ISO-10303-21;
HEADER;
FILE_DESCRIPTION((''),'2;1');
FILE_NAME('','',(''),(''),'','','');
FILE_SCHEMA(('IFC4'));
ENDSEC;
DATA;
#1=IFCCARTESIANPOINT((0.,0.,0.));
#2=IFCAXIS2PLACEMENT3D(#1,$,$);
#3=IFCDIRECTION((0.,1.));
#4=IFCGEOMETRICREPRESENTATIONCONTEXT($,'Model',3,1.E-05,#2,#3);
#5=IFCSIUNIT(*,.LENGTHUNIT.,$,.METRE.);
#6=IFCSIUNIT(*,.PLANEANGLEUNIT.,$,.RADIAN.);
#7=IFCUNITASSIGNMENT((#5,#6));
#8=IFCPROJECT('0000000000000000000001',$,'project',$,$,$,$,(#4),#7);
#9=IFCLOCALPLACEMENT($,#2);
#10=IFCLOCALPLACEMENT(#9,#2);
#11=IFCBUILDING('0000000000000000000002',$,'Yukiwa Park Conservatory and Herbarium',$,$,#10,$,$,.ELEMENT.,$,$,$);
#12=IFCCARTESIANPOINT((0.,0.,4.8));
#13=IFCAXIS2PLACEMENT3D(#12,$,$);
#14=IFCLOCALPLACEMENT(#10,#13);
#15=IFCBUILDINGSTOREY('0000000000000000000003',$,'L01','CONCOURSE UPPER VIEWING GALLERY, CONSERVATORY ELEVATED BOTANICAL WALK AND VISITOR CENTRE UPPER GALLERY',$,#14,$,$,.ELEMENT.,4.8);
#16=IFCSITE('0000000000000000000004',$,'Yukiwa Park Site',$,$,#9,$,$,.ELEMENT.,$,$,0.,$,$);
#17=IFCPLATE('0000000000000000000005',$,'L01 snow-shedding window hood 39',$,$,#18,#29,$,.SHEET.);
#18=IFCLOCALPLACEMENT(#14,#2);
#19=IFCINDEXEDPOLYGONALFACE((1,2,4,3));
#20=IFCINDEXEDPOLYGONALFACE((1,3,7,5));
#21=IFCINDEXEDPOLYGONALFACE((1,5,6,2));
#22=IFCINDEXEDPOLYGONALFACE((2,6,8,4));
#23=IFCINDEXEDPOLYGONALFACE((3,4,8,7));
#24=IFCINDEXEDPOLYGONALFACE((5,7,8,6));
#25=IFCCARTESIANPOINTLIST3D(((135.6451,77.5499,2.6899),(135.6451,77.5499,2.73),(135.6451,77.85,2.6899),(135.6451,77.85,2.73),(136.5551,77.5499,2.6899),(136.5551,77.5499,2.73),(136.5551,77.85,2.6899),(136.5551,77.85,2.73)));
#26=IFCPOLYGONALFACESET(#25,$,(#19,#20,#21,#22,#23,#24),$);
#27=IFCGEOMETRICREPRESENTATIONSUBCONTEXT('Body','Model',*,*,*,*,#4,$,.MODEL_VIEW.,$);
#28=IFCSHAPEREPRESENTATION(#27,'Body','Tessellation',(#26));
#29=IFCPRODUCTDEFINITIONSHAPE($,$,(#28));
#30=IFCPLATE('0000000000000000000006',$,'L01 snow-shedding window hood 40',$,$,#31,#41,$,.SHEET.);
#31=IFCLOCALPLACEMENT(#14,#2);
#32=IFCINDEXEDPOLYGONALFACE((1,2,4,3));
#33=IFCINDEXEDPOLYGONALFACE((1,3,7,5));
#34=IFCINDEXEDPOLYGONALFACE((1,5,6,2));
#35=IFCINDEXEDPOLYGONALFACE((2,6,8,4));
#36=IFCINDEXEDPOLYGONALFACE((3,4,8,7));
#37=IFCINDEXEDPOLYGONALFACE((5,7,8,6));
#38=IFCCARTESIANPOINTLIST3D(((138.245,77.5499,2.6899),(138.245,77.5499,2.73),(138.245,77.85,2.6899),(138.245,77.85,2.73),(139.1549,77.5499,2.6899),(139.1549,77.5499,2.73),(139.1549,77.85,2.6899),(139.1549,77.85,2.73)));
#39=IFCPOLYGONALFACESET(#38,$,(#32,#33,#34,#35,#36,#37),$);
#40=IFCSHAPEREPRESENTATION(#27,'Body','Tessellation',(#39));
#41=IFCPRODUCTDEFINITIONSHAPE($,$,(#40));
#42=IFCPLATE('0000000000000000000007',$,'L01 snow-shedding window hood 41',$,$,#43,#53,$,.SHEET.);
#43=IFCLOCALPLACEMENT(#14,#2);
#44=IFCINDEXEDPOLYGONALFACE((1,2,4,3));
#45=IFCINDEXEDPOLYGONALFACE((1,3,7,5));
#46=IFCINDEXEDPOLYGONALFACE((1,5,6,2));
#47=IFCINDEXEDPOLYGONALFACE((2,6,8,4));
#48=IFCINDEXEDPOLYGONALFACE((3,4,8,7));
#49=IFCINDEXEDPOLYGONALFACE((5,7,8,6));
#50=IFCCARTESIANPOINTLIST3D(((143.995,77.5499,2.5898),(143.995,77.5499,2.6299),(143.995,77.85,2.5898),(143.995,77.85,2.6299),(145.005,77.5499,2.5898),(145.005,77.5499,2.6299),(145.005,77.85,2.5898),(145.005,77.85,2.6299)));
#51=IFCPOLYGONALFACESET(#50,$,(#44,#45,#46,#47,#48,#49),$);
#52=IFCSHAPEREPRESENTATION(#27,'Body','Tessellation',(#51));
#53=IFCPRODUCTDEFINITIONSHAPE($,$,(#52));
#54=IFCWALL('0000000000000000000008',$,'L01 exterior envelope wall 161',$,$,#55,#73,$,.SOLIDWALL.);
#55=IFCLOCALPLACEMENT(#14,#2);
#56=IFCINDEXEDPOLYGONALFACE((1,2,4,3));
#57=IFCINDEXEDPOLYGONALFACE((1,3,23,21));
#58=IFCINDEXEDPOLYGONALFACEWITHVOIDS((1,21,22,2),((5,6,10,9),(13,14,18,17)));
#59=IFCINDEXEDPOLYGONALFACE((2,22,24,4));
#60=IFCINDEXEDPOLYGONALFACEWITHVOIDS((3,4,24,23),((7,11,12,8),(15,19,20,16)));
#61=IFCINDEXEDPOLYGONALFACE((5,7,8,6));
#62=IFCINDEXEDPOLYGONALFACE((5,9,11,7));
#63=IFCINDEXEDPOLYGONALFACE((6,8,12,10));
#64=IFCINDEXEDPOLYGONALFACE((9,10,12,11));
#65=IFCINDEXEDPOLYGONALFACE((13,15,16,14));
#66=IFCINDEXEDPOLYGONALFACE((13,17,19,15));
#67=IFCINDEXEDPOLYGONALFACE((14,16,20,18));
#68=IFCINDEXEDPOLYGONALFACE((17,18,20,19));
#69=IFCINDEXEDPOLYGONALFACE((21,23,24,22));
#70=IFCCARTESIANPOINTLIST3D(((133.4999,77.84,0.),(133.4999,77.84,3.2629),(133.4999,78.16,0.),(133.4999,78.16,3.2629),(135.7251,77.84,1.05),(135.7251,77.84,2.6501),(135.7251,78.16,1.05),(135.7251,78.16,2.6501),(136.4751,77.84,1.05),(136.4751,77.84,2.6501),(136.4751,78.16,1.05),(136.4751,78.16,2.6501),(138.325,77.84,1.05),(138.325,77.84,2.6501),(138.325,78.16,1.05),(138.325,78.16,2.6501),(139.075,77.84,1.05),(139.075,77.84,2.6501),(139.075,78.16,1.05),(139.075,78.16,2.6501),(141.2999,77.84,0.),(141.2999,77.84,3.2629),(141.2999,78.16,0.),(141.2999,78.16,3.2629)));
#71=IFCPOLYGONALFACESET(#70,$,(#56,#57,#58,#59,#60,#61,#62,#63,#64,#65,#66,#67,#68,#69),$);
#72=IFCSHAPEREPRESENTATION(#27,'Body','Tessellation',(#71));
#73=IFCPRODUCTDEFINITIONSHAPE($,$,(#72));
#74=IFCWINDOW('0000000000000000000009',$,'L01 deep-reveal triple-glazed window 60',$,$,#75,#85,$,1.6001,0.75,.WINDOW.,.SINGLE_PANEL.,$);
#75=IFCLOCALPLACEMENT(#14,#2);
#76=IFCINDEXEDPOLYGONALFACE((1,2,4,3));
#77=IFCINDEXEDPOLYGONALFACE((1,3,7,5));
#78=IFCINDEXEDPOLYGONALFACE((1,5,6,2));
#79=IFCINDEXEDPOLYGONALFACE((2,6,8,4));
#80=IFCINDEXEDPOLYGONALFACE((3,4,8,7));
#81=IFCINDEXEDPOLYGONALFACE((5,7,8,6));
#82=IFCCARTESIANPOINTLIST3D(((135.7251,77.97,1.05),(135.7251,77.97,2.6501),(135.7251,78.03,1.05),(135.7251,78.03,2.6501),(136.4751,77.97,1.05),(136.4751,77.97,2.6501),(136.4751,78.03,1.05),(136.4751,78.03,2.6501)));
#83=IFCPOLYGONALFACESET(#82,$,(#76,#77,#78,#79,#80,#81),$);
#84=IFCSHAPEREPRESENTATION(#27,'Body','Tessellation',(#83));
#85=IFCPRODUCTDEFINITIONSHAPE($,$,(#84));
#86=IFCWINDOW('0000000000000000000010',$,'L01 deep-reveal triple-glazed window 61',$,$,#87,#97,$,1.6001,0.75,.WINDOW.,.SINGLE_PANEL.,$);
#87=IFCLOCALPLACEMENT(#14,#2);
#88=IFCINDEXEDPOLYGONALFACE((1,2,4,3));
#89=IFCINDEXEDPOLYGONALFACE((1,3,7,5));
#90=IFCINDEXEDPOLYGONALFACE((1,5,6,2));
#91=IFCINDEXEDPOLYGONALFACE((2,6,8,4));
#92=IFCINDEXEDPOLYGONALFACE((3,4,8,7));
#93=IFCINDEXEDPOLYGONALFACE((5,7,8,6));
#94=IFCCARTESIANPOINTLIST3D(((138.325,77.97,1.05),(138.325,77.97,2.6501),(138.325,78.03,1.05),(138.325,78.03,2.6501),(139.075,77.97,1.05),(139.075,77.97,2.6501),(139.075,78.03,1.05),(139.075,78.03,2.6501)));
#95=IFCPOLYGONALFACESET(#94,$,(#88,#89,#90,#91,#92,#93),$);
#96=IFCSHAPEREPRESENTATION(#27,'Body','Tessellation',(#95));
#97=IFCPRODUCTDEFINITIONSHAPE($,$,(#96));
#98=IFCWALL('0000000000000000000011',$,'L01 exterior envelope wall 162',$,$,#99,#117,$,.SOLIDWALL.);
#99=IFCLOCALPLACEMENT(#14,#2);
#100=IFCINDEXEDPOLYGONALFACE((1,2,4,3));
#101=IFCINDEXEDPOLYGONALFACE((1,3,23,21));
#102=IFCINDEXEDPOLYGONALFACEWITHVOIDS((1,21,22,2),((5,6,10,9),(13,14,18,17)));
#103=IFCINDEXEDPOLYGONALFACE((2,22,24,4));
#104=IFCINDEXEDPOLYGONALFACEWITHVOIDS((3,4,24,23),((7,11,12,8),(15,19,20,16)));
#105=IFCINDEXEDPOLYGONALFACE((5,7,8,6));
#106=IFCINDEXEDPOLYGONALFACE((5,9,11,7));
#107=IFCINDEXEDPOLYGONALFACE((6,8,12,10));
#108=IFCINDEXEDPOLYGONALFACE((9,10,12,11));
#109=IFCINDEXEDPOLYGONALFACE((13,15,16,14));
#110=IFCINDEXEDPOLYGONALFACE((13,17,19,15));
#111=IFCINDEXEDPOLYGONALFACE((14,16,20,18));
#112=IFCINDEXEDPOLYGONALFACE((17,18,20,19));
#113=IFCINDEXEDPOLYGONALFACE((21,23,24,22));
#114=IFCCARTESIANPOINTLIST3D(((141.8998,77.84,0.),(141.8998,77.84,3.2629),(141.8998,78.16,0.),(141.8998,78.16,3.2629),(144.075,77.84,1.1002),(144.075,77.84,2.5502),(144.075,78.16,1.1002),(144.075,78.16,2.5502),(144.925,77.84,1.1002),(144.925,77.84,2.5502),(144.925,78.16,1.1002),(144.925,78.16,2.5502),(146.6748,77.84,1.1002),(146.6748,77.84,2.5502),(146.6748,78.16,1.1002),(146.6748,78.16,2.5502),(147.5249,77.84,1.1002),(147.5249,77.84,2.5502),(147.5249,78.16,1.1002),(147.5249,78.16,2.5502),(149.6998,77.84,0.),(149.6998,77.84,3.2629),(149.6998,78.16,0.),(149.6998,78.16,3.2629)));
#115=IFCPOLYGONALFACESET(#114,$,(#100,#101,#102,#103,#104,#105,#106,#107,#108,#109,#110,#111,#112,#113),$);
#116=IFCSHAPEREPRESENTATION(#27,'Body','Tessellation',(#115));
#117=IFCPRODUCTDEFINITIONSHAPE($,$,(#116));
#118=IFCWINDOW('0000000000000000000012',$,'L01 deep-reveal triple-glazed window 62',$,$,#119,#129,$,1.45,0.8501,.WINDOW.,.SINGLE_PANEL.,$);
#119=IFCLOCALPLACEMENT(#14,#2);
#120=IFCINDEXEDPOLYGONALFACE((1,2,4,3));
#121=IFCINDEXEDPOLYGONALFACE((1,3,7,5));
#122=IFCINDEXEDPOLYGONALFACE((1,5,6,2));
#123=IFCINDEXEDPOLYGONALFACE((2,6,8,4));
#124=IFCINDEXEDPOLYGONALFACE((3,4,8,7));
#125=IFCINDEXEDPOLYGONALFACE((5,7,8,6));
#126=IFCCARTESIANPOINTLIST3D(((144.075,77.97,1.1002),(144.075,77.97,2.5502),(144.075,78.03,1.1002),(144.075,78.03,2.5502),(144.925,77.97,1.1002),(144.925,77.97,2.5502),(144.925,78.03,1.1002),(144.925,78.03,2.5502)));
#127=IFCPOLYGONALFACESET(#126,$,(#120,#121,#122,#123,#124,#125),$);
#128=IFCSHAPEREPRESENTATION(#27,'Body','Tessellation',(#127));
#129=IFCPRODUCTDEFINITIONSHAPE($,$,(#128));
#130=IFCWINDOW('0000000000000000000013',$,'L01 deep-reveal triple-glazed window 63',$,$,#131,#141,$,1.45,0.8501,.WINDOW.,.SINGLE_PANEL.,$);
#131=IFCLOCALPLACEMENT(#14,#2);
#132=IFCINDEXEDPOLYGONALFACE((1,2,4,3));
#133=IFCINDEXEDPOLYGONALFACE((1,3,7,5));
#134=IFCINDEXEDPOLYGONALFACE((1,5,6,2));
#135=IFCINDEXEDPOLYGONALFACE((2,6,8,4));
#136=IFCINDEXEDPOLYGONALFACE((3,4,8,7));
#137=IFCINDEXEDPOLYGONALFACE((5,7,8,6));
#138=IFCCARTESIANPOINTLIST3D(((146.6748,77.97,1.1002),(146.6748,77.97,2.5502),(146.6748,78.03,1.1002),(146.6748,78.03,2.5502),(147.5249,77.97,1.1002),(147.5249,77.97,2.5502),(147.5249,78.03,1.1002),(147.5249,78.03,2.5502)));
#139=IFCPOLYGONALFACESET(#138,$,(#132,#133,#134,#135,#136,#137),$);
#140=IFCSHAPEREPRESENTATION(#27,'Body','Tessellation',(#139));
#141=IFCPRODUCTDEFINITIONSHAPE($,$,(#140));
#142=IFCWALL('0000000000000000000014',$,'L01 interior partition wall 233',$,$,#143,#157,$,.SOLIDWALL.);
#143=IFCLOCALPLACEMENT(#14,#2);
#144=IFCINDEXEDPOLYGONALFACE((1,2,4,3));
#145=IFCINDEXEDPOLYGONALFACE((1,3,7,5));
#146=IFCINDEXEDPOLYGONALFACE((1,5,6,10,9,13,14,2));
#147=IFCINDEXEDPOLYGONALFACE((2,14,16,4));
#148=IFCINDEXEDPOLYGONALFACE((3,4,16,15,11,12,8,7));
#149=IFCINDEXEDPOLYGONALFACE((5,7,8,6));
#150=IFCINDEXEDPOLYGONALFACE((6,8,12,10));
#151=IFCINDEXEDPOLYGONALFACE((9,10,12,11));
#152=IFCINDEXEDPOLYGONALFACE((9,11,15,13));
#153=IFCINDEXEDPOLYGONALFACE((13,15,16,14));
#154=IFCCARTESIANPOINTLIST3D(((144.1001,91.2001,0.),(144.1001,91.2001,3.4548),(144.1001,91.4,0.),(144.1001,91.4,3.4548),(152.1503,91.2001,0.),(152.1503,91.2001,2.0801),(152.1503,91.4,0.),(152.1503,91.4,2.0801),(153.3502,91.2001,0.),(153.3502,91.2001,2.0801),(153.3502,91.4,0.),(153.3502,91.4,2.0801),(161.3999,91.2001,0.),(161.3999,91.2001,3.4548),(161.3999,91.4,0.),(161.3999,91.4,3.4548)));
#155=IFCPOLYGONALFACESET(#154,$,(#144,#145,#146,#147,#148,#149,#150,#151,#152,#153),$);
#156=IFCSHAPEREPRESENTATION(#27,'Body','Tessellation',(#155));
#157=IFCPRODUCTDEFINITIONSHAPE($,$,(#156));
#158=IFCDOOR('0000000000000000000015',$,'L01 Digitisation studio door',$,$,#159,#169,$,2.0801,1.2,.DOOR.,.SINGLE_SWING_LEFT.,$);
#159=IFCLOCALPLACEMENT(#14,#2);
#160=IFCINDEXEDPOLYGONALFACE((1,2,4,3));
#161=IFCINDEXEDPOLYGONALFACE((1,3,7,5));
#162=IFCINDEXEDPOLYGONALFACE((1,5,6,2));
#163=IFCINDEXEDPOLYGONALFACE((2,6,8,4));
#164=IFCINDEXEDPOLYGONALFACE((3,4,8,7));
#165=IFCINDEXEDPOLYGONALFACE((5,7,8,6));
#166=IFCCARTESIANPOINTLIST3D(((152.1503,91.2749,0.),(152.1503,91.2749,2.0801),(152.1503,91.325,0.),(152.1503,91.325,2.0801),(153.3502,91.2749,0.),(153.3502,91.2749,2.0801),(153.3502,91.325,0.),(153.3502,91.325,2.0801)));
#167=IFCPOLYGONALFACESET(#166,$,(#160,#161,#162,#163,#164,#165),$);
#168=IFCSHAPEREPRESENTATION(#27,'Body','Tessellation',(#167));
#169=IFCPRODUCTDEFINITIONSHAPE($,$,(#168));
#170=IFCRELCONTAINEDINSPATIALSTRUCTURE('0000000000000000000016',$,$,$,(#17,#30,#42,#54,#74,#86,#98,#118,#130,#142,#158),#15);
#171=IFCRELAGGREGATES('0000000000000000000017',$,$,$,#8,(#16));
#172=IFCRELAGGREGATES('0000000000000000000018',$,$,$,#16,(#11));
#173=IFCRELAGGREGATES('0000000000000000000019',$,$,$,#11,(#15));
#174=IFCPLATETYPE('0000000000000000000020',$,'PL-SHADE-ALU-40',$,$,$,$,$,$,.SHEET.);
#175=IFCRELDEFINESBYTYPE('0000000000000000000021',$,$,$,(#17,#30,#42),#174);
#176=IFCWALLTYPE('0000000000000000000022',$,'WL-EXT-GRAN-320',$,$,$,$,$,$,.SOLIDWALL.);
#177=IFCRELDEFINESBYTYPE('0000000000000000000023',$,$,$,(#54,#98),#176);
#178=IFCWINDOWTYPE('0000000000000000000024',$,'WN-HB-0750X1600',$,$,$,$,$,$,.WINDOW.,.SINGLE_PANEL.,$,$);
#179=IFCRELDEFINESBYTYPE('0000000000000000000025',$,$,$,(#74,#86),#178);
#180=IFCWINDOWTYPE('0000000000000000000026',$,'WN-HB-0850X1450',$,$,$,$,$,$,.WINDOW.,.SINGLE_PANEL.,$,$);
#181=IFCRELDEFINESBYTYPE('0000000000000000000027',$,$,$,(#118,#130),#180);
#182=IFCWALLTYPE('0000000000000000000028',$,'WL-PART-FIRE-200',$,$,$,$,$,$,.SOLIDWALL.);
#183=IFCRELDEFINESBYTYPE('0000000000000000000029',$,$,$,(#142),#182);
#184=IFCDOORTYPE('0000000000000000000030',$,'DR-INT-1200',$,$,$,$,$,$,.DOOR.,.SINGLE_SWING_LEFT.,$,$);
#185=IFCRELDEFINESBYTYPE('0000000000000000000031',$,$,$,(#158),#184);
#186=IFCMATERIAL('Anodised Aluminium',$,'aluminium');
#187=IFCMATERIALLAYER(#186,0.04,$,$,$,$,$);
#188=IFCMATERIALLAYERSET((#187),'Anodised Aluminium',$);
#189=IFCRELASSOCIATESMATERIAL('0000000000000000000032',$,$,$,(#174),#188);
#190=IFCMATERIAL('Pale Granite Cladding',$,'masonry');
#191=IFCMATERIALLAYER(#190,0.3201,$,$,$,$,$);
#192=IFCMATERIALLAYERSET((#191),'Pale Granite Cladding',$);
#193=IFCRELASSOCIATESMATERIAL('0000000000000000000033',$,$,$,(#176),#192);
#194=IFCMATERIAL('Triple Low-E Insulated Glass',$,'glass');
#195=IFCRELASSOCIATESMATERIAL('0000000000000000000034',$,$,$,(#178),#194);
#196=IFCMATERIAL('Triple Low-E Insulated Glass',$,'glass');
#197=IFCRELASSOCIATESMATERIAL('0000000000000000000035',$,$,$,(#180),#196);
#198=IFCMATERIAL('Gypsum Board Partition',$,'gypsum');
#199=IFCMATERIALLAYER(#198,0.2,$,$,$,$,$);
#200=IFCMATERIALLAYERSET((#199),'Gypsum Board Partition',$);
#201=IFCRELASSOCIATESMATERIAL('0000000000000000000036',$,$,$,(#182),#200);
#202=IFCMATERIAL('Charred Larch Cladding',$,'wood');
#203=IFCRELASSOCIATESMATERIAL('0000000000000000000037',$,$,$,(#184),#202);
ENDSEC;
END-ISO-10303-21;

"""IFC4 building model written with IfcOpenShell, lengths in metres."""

from ifc_helpers import new_model, si_unit, direction, frame, frame_2d, origin, origin_2d, place, context, subcontext, project, spatial, rectangle, extrude, material, layer, layer_set, type_object, element, fill, save


model = new_model("IFC4")

# Units and contexts
model_context = context("Model", 3, precision=1e-05, world=origin(), true_north=direction((0.0, 1.0)))
body_context = subcontext(model_context, "Body", "Model", "MODEL_VIEW")
ifc_project = project(units=[si_unit("LENGTHUNIT", "METRE"), si_unit("PLANEANGLEUNIT", "RADIAN")], contexts=[model_context])

# Site, building, storey
site_placement = place(None, origin())
site = spatial("IfcSite", under=ifc_project, at=site_placement, Name="Yukiwa Park Site", CompositionType="ELEMENT", RefElevation=0.0)
building_placement = place(site_placement, origin())
building = spatial("IfcBuilding", under=site, at=building_placement, Name="Yukiwa Park Conservatory and Herbarium", CompositionType="ELEMENT")
storey_placement = place(building_placement, frame((0.0, 0.0, 4.8)))
storey = spatial("IfcBuildingStorey", under=building, at=storey_placement, Name="L01", Description="CONCOURSE UPPER VIEWING GALLERY, CONSERVATORY ELEVATED BOTANICAL WALK AND VISITOR CENTRE UPPER GALLERY", CompositionType="ELEMENT", Elevation=4.8)

# Plates
ifc_material_1 = material(Name="Anodised Aluminium", Category="aluminium")
ifc_layer_1 = layer(ifc_material_1, 0.04)
ifc_layer_set_1 = layer_set([ifc_layer_1], Name="Anodised Aluminium")
plate_type = type_object("IfcPlateType", Name="PL-SHADE-ALU-40", PredefinedType="SHEET", material=ifc_layer_set_1)
for number, where, z_axis, x_axis, name in (
    (1, (136.1001, 77.7, 2.6899), (0.0, 0.0, 1.0), (1.0, 0.0, 0.0), "L01 snow-shedding window hood 39"),
    (2, (138.7, 77.7, 2.6899), (0.0, 0.0, 1.0), (1.0, 0.0, 0.0), "L01 snow-shedding window hood 40"),
):
    element("IfcPlate", number, at=place(storey_placement, frame(where, z_axis=z_axis, x_axis=x_axis)), inside=storey, type_object=plate_type, Name=name, PredefinedType="SHEET", context=body_context, shape_type="SweptSolid", body=[
        extrude(rectangle(XDim=0.9099, YDim=0.3, at=origin_2d()), origin(), (0.0, 0.0, 1.0), 0.04),
    ])
plate_placement = place(storey_placement, frame((144.5, 77.7, 2.5898), z_axis=(0.0, 0.0, 1.0), x_axis=(1.0, 0.0, 0.0)))
element("IfcPlate", 3, at=plate_placement, inside=storey, type_object=plate_type, Name="L01 snow-shedding window hood 41", PredefinedType="SHEET", context=body_context, shape_type="SweptSolid", body=[
    extrude(rectangle(XDim=1.01, YDim=0.3, at=origin_2d()), origin(), (0.0, 0.0, 1.0), 0.04),
])

# Walls, openings, windows
ifc_material_2 = material(Name="Pale Granite Cladding", Category="masonry")
ifc_layer_2 = layer(ifc_material_2, 0.3201)
ifc_layer_set_2 = layer_set([ifc_layer_2], Name="Pale Granite Cladding")
wall_type_1 = type_object("IfcWallType", Name="WL-EXT-GRAN-320", PredefinedType="SOLIDWALL", material=ifc_layer_set_2)
wall_1_placement = place(storey_placement, frame((133.5, 78.0, 0.0), z_axis=(0.0, 0.0, 1.0), x_axis=(1.0, 0.0, 0.0)))
wall_1 = element("IfcWall", 4, at=wall_1_placement, inside=storey, type_object=wall_type_1, Name="L01 exterior envelope wall 161", PredefinedType="SOLIDWALL", context=body_context, shape_type="SweptSolid", body=[
    extrude(rectangle(XDim=7.8, YDim=0.3201, at=frame_2d((3.8999, 0.0))), origin(), (0.0, 0.0, 1.0), 3.2629),
])
opening_1_placement = place(wall_1_placement, frame((2.2251, 0.0, 1.05)))
opening_1 = element("IfcOpeningElement", 5, at=opening_1_placement, cuts=wall_1, PredefinedType="OPENING", context=body_context, shape_type="SweptSolid", body=[
    extrude(rectangle(XDim=0.75, YDim=1.6001, at=frame_2d((0.375, 0.8))), frame((0.0, 0.1699, 0.0), z_axis=(0.0, -1.0, 0.0), x_axis=(1.0, 0.0, 0.0)), (0.0, 0.0, 1.0), 0.3401),
])
opening_2_placement = place(wall_1_placement, frame((4.825, 0.0, 1.05)))
opening_2 = element("IfcOpeningElement", 6, at=opening_2_placement, cuts=wall_1, PredefinedType="OPENING", context=body_context, shape_type="SweptSolid", body=[
    extrude(rectangle(XDim=0.75, YDim=1.6001, at=frame_2d((0.375, 0.8))), frame((0.0, 0.1699, 0.0), z_axis=(0.0, -1.0, 0.0), x_axis=(1.0, 0.0, 0.0)), (0.0, 0.0, 1.0), 0.3401),
])
ifc_material_3 = material(Name="Triple Low-E Insulated Glass", Category="glass")
window_type_1 = type_object("IfcWindowType", Name="WN-HB-0750X1600", PartitioningType="SINGLE_PANEL", PredefinedType="WINDOW", material=ifc_material_3)
window_1_placement = place(opening_1_placement, origin())
window_1 = element("IfcWindow", 7, at=window_1_placement, inside=storey, type_object=window_type_1, Name="L01 deep-reveal triple-glazed window 60", OverallHeight=1.6001, OverallWidth=0.75, PartitioningType="SINGLE_PANEL", PredefinedType="WINDOW", context=body_context, shape_type="SweptSolid", body=[
    extrude(rectangle(XDim=0.75, YDim=1.6001, at=frame_2d((0.375, 0.8))), frame((0.0, 0.03, 0.0), z_axis=(0.0, -1.0, 0.0), x_axis=(1.0, 0.0, 0.0)), (0.0, 0.0, 1.0), 0.0601),
])
fill(opening_1, window_1)
window_2_placement = place(opening_2_placement, origin())
window_2 = element("IfcWindow", 8, at=window_2_placement, inside=storey, type_object=window_type_1, Name="L01 deep-reveal triple-glazed window 61", OverallHeight=1.6001, OverallWidth=0.75, PartitioningType="SINGLE_PANEL", PredefinedType="WINDOW", context=body_context, shape_type="SweptSolid", body=[
    extrude(rectangle(XDim=0.75, YDim=1.6001, at=frame_2d((0.375, 0.8))), frame((0.0, 0.03, 0.0), z_axis=(0.0, -1.0, 0.0), x_axis=(1.0, 0.0, 0.0)), (0.0, 0.0, 1.0), 0.0601),
])
fill(opening_2, window_2)
wall_2_placement = place(storey_placement, frame((141.8999, 78.0, 0.0), z_axis=(0.0, 0.0, 1.0), x_axis=(1.0, 0.0, 0.0)))
wall_2 = element("IfcWall", 9, at=wall_2_placement, inside=storey, type_object=wall_type_1, Name="L01 exterior envelope wall 162", PredefinedType="SOLIDWALL", context=body_context, shape_type="SweptSolid", body=[
    extrude(rectangle(XDim=7.8, YDim=0.3201, at=frame_2d((3.8999, 0.0))), origin(), (0.0, 0.0, 1.0), 3.2629),
])
opening_3_placement = place(wall_2_placement, frame((2.175, 0.0, 1.1001)))
opening_3 = element("IfcOpeningElement", 10, at=opening_3_placement, cuts=wall_2, PredefinedType="OPENING", context=body_context, shape_type="SweptSolid", body=[
    extrude(rectangle(XDim=0.8501, YDim=1.45, at=frame_2d((0.425, 0.7251))), frame((0.0, 0.1699, 0.0), z_axis=(0.0, -1.0, 0.0), x_axis=(1.0, 0.0, 0.0)), (0.0, 0.0, 1.0), 0.3401),
])
opening_4_placement = place(wall_2_placement, frame((4.7749, 0.0, 1.1001)))
opening_4 = element("IfcOpeningElement", 11, at=opening_4_placement, cuts=wall_2, PredefinedType="OPENING", context=body_context, shape_type="SweptSolid", body=[
    extrude(rectangle(XDim=0.8501, YDim=1.45, at=frame_2d((0.425, 0.7251))), frame((0.0, 0.1699, 0.0), z_axis=(0.0, -1.0, 0.0), x_axis=(1.0, 0.0, 0.0)), (0.0, 0.0, 1.0), 0.3401),
])
ifc_material_4 = material(Name="Triple Low-E Insulated Glass", Category="glass")
window_type_2 = type_object("IfcWindowType", Name="WN-HB-0850X1450", PartitioningType="SINGLE_PANEL", PredefinedType="WINDOW", material=ifc_material_4)
window_3_placement = place(opening_3_placement, origin())
window_3 = element("IfcWindow", 12, at=window_3_placement, inside=storey, type_object=window_type_2, Name="L01 deep-reveal triple-glazed window 62", OverallHeight=1.45, OverallWidth=0.8501, PartitioningType="SINGLE_PANEL", PredefinedType="WINDOW", context=body_context, shape_type="SweptSolid", body=[
    extrude(rectangle(XDim=0.8501, YDim=1.45, at=frame_2d((0.425, 0.7251))), frame((0.0, 0.03, 0.0), z_axis=(0.0, -1.0, 0.0), x_axis=(1.0, 0.0, 0.0)), (0.0, 0.0, 1.0), 0.0601),
])
fill(opening_3, window_3)
window_4_placement = place(opening_4_placement, origin())
window_4 = element("IfcWindow", 13, at=window_4_placement, inside=storey, type_object=window_type_2, Name="L01 deep-reveal triple-glazed window 63", OverallHeight=1.45, OverallWidth=0.8501, PartitioningType="SINGLE_PANEL", PredefinedType="WINDOW", context=body_context, shape_type="SweptSolid", body=[
    extrude(rectangle(XDim=0.8501, YDim=1.45, at=frame_2d((0.425, 0.7251))), frame((0.0, 0.03, 0.0), z_axis=(0.0, -1.0, 0.0), x_axis=(1.0, 0.0, 0.0)), (0.0, 0.0, 1.0), 0.0601),
])
fill(opening_4, window_4)

# Wall, opening, door
ifc_material_5 = material(Name="Gypsum Board Partition", Category="gypsum")
ifc_layer_3 = layer(ifc_material_5, 0.2)
ifc_layer_set_3 = layer_set([ifc_layer_3], Name="Gypsum Board Partition")
wall_type_2 = type_object("IfcWallType", Name="WL-PART-FIRE-200", PredefinedType="SOLIDWALL", material=ifc_layer_set_3)
wall_3_placement = place(storey_placement, frame((144.1001, 91.3, 0.0), z_axis=(0.0, 0.0, 1.0), x_axis=(1.0, 0.0, 0.0)))
wall_3 = element("IfcWall", 14, at=wall_3_placement, inside=storey, type_object=wall_type_2, Name="L01 interior partition wall 233", PredefinedType="SOLIDWALL", context=body_context, shape_type="SweptSolid", body=[
    extrude(rectangle(XDim=17.2998, YDim=0.2, at=frame_2d((8.6499, 0.0))), origin(), (0.0, 0.0, 1.0), 3.4548),
])
opening_5_placement = place(wall_3_placement, frame((8.05, 0.0, 0.0)))
opening_5 = element("IfcOpeningElement", 15, at=opening_5_placement, cuts=wall_3, PredefinedType="OPENING", context=body_context, shape_type="SweptSolid", body=[
    extrude(rectangle(XDim=1.2, YDim=2.0801, at=frame_2d((0.6001, 1.04))), frame((0.0, 0.1099, 0.0), z_axis=(0.0, -1.0, 0.0), x_axis=(1.0, 0.0, 0.0)), (0.0, 0.0, 1.0), 0.22),
])
ifc_material_6 = material(Name="Charred Larch Cladding", Category="wood")
door_type = type_object("IfcDoorType", Name="DR-INT-1200", OperationType="SINGLE_SWING_LEFT", PredefinedType="DOOR", material=ifc_material_6)
door_placement = place(opening_5_placement, origin())
door = element("IfcDoor", 16, at=door_placement, inside=storey, type_object=door_type, Name="L01 Digitisation studio door", OperationType="SINGLE_SWING_LEFT", OverallHeight=2.0801, OverallWidth=1.2, PredefinedType="DOOR", context=body_context, shape_type="SweptSolid", body=[
    extrude(rectangle(XDim=1.2, YDim=2.0801, at=frame_2d((0.6001, 1.04))), frame((0.0, 0.0249, 0.0), z_axis=(0.0, -1.0, 0.0), x_axis=(1.0, 0.0, 0.0)), (0.0, 0.0, 1.0), 0.05),
])
fill(opening_5, door)

save(model, "model.ifc")
